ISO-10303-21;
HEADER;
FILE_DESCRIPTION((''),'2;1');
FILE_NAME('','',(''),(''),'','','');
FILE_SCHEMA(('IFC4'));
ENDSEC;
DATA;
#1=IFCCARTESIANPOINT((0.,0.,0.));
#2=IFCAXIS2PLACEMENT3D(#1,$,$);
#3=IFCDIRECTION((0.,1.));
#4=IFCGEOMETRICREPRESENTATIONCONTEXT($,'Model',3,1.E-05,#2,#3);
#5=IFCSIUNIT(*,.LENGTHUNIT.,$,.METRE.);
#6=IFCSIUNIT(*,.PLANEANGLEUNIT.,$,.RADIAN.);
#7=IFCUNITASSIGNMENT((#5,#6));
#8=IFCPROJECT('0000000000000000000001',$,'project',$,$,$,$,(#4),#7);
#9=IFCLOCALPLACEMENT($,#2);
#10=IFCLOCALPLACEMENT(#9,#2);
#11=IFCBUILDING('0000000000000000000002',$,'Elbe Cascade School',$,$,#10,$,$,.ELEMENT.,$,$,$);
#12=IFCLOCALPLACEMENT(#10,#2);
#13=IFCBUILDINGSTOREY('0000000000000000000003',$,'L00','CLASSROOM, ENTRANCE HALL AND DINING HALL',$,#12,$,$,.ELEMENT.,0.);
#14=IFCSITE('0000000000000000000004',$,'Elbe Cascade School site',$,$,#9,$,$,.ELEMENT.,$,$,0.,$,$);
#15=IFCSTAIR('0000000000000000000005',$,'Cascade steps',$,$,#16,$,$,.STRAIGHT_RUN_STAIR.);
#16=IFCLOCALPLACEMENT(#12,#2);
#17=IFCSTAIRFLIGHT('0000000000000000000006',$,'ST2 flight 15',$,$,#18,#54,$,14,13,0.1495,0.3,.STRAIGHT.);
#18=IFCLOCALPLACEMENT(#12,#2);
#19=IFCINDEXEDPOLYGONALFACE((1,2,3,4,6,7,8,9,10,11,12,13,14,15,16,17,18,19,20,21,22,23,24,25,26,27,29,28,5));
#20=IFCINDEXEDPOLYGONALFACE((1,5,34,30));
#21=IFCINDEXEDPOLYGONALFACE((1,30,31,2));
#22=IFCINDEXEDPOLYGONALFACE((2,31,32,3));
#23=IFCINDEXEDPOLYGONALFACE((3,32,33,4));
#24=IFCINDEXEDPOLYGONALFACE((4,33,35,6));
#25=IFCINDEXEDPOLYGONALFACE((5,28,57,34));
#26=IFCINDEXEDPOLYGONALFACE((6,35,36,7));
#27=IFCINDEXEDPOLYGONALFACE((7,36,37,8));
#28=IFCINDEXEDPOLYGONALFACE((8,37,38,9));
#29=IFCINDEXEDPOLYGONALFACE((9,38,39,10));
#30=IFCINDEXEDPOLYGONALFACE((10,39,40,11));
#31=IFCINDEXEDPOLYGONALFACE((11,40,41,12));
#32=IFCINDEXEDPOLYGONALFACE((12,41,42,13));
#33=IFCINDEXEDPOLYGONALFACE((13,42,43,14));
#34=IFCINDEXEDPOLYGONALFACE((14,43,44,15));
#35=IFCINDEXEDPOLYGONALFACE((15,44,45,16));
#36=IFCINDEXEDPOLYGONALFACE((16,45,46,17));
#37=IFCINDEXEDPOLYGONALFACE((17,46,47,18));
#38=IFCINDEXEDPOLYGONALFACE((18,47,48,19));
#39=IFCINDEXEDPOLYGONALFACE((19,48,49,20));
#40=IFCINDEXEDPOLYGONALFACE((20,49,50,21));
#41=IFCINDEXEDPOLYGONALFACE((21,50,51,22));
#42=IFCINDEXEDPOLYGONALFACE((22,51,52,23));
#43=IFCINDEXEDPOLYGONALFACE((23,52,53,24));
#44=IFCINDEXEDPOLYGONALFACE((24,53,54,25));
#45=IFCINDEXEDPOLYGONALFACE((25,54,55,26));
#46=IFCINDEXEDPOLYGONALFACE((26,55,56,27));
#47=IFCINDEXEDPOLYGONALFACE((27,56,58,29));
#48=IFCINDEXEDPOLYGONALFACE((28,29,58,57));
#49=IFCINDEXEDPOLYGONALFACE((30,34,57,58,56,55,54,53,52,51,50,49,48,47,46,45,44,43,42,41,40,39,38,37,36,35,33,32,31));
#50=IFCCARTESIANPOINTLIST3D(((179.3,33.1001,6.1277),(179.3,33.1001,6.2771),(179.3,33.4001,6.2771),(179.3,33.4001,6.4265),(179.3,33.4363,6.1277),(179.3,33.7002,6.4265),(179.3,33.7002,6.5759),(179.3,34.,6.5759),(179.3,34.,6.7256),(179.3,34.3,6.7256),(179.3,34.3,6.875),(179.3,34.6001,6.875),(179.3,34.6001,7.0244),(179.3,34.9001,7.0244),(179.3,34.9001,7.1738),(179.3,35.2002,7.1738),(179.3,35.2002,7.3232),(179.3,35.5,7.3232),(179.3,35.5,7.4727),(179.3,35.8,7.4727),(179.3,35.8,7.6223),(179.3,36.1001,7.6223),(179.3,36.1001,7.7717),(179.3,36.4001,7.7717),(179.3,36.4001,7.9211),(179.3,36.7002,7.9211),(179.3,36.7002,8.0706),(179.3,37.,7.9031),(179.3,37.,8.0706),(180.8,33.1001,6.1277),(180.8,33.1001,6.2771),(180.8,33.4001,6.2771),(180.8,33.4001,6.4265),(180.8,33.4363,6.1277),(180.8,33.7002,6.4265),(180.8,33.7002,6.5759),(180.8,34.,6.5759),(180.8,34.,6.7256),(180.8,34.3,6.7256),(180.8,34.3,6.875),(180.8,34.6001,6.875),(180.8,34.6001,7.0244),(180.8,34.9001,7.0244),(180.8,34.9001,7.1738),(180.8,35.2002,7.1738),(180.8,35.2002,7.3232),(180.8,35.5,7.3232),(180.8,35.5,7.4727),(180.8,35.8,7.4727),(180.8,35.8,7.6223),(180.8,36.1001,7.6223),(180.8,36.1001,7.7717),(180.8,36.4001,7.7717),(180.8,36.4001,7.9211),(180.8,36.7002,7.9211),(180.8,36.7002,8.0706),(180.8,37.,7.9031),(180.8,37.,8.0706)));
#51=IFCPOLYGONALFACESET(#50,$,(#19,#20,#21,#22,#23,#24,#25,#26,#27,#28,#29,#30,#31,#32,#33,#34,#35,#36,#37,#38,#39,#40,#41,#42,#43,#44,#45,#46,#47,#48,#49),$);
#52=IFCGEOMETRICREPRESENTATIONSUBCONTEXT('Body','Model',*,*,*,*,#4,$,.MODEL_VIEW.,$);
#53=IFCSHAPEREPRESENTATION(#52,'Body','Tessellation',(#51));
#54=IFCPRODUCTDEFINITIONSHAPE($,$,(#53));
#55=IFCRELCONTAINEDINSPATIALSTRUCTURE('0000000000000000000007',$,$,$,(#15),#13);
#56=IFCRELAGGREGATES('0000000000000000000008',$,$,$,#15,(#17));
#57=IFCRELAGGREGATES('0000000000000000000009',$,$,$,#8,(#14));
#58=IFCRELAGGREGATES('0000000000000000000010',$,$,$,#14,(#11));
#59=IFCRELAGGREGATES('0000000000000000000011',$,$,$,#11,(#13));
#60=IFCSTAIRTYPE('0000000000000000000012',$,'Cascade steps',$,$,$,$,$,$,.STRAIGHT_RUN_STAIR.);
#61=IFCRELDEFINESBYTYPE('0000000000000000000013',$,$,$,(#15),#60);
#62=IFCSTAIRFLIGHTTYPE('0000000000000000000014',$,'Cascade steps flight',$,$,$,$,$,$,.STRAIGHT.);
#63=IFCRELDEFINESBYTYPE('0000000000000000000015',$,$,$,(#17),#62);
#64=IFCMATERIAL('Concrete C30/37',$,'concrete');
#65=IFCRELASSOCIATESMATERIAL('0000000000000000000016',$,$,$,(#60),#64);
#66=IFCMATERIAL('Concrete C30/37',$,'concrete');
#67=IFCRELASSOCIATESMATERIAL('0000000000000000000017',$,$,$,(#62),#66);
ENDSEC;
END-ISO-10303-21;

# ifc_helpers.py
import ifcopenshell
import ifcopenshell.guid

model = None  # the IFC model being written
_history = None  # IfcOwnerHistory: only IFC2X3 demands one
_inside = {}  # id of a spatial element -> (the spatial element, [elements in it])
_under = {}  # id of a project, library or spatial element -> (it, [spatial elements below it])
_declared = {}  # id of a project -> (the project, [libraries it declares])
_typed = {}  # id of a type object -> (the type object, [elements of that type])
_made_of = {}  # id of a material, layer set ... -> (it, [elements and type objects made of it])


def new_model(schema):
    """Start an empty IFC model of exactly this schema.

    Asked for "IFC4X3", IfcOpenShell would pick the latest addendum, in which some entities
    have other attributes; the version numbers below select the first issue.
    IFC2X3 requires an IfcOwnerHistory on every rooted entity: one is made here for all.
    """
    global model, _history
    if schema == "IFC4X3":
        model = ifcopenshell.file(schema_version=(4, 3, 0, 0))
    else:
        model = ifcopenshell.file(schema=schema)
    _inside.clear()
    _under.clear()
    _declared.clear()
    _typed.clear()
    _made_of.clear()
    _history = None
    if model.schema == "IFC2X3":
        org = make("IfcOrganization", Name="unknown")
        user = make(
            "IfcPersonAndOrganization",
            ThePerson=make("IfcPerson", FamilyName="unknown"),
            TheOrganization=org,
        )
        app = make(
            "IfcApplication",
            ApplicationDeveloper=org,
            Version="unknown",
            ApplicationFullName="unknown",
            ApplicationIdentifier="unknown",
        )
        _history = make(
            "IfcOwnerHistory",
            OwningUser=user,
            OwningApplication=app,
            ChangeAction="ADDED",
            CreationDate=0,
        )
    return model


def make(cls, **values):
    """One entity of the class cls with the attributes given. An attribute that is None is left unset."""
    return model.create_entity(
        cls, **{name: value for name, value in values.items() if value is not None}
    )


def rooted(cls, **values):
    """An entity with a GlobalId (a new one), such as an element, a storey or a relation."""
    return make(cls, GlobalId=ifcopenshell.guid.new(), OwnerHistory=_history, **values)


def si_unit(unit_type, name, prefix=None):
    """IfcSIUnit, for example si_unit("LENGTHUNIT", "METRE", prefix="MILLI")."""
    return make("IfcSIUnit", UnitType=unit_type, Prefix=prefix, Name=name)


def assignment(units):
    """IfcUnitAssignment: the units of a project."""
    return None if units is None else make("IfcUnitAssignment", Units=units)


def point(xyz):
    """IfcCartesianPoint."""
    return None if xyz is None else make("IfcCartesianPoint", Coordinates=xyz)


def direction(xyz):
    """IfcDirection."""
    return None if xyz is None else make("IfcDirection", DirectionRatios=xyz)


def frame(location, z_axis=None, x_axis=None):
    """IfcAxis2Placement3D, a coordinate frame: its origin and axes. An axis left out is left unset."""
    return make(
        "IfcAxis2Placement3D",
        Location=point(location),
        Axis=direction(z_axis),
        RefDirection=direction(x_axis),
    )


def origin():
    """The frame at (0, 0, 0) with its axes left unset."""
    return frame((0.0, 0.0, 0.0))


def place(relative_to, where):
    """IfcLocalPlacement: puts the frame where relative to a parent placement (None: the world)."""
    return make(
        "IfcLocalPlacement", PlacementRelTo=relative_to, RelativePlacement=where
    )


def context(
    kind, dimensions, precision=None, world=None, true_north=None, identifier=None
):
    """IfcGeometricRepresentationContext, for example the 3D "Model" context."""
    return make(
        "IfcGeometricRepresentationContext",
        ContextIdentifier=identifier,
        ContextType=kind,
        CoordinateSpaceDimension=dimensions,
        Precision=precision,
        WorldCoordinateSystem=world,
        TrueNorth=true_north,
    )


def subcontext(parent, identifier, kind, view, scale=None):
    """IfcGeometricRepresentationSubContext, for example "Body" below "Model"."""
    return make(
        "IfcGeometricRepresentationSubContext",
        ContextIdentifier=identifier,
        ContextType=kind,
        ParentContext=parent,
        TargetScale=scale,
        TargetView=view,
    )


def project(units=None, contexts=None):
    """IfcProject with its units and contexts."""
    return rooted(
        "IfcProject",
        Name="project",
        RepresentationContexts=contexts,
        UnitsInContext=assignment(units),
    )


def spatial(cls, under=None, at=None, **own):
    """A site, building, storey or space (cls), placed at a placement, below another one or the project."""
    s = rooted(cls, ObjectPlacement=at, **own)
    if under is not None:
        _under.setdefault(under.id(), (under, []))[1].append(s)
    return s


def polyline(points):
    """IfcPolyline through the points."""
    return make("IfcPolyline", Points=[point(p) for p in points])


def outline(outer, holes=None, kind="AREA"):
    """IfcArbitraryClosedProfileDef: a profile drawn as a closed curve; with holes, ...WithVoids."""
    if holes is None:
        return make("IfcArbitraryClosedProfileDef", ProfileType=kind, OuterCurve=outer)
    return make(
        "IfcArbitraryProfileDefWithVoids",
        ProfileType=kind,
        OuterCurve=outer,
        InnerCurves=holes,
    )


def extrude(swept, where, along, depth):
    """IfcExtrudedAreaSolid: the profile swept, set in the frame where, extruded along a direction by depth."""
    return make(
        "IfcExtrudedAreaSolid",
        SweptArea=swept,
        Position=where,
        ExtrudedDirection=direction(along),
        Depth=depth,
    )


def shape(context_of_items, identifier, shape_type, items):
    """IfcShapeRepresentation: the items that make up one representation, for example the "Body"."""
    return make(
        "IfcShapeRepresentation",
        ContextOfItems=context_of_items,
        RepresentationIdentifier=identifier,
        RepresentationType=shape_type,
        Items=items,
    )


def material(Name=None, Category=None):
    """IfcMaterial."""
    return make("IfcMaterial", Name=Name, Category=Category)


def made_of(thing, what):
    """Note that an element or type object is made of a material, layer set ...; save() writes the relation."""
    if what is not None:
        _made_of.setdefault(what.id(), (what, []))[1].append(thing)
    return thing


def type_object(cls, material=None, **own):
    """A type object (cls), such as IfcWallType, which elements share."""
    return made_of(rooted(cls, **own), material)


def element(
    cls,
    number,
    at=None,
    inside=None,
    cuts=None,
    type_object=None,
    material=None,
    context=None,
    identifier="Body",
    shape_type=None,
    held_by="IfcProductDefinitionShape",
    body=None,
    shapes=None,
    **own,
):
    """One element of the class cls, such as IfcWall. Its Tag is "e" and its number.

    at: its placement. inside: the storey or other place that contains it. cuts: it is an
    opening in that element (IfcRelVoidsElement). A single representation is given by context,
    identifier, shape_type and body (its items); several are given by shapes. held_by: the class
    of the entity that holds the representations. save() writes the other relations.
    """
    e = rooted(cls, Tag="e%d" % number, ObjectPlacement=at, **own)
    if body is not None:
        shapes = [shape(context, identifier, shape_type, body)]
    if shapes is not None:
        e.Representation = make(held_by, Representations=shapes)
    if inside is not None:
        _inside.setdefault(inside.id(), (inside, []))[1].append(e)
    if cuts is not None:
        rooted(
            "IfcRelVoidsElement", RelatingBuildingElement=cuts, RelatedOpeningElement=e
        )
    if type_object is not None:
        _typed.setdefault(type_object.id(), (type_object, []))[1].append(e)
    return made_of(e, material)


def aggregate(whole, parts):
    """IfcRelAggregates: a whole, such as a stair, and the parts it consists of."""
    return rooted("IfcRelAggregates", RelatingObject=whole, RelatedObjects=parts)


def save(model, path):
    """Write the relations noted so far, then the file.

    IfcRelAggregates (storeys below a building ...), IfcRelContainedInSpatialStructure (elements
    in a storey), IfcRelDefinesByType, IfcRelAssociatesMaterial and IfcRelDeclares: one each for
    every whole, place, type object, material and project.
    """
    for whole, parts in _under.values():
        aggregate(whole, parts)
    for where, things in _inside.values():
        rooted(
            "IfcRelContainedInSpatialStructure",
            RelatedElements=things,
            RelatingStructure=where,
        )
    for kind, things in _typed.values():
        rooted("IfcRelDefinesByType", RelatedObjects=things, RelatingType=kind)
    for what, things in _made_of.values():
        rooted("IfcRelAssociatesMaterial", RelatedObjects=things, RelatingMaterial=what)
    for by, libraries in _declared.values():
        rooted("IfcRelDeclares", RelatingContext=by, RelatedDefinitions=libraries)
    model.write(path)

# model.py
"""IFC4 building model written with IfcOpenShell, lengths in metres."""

from ifc_helpers import new_model, si_unit, direction, frame, origin, place, context, subcontext, project, spatial, polyline, outline, extrude, material, type_object, element, aggregate, save


model = new_model("IFC4")

# Units and contexts
model_context = context("Model", 3, precision=1e-05, world=origin(), true_north=direction((0.0, 1.0)))
body_context = subcontext(model_context, "Body", "Model", "MODEL_VIEW")
ifc_project = project(units=[si_unit("LENGTHUNIT", "METRE"), si_unit("PLANEANGLEUNIT", "RADIAN")], contexts=[model_context])

# Site, building, storey
site_placement = place(None, origin())
site = spatial("IfcSite", under=ifc_project, at=site_placement, Name="Elbe Cascade School site", CompositionType="ELEMENT", RefElevation=0.0)
building_placement = place(site_placement, origin())
building = spatial("IfcBuilding", under=site, at=building_placement, Name="Elbe Cascade School", CompositionType="ELEMENT")
storey_placement = place(building_placement, origin())
storey = spatial("IfcBuildingStorey", under=building, at=storey_placement, Name="L00", Description="CLASSROOM, ENTRANCE HALL AND DINING HALL", CompositionType="ELEMENT", Elevation=0.0)

# Stair, stair flight
ifc_material_1 = material(Name="Concrete C30/37", Category="concrete")
stair_type = type_object("IfcStairType", Name="Cascade steps", PredefinedType="STRAIGHT_RUN_STAIR", material=ifc_material_1)
stair_placement = place(storey_placement, origin())
stair = element("IfcStair", 1, at=stair_placement, inside=storey, type_object=stair_type, Name="Cascade steps", PredefinedType="STRAIGHT_RUN_STAIR")
ifc_material_2 = material(Name="Concrete C30/37", Category="concrete")
stair_flight_type = type_object("IfcStairFlightType", Name="Cascade steps flight", PredefinedType="STRAIGHT", material=ifc_material_2)
stair_flight_1_placement = place(storey_placement, frame((180.05, 33.1001, 6.1277), z_axis=(0.0, 0.0, 1.0), x_axis=(0.0, 1.0, 0.0)))
stair_flight_1 = element("IfcStairFlight", 2, at=stair_flight_1_placement, type_object=stair_flight_type, Name="ST2 flight 15", NumberOfRisers=14, NumberOfTreads=13, PredefinedType="STRAIGHT", RiserHeight=0.1495, TreadLength=0.3, context=body_context, shape_type="SweptSolid", body=[
    extrude(outline(polyline([(0.0, 0.0), (0.0, 0.1494), (0.3, 0.1494), (0.3, 0.2988), (0.6001, 0.2988), (0.6001, 0.4482), (0.8999, 0.4482), (0.8999, 0.5979), (1.2, 0.5979), (1.2, 0.7473), (1.5, 0.7473), (1.5, 0.8967), (1.8, 0.8967), (1.8, 1.0461), (2.1001, 1.0461), (2.1001, 1.1956), (2.3999, 1.1956), (2.3999, 1.345), (2.7, 1.345), (2.7, 1.4946), (3.0, 1.4946), (3.0, 1.644), (3.3, 1.644), (3.3, 1.7935), (3.6001, 1.7935), (3.6001, 1.9429), (3.8999, 1.9429), (3.8999, 2.0923), (3.8999, 1.7754), (0.3362, 0.0), (0.0, 0.0)])), frame((0.0, 0.75, 0.0), z_axis=(0.0, -1.0, 0.0), x_axis=(1.0, 0.0, 0.0)), (0.0, 0.0, 1.0), 1.5),
])
aggregate(stair, [stair_flight_1])

save(model, "model.ifc")
